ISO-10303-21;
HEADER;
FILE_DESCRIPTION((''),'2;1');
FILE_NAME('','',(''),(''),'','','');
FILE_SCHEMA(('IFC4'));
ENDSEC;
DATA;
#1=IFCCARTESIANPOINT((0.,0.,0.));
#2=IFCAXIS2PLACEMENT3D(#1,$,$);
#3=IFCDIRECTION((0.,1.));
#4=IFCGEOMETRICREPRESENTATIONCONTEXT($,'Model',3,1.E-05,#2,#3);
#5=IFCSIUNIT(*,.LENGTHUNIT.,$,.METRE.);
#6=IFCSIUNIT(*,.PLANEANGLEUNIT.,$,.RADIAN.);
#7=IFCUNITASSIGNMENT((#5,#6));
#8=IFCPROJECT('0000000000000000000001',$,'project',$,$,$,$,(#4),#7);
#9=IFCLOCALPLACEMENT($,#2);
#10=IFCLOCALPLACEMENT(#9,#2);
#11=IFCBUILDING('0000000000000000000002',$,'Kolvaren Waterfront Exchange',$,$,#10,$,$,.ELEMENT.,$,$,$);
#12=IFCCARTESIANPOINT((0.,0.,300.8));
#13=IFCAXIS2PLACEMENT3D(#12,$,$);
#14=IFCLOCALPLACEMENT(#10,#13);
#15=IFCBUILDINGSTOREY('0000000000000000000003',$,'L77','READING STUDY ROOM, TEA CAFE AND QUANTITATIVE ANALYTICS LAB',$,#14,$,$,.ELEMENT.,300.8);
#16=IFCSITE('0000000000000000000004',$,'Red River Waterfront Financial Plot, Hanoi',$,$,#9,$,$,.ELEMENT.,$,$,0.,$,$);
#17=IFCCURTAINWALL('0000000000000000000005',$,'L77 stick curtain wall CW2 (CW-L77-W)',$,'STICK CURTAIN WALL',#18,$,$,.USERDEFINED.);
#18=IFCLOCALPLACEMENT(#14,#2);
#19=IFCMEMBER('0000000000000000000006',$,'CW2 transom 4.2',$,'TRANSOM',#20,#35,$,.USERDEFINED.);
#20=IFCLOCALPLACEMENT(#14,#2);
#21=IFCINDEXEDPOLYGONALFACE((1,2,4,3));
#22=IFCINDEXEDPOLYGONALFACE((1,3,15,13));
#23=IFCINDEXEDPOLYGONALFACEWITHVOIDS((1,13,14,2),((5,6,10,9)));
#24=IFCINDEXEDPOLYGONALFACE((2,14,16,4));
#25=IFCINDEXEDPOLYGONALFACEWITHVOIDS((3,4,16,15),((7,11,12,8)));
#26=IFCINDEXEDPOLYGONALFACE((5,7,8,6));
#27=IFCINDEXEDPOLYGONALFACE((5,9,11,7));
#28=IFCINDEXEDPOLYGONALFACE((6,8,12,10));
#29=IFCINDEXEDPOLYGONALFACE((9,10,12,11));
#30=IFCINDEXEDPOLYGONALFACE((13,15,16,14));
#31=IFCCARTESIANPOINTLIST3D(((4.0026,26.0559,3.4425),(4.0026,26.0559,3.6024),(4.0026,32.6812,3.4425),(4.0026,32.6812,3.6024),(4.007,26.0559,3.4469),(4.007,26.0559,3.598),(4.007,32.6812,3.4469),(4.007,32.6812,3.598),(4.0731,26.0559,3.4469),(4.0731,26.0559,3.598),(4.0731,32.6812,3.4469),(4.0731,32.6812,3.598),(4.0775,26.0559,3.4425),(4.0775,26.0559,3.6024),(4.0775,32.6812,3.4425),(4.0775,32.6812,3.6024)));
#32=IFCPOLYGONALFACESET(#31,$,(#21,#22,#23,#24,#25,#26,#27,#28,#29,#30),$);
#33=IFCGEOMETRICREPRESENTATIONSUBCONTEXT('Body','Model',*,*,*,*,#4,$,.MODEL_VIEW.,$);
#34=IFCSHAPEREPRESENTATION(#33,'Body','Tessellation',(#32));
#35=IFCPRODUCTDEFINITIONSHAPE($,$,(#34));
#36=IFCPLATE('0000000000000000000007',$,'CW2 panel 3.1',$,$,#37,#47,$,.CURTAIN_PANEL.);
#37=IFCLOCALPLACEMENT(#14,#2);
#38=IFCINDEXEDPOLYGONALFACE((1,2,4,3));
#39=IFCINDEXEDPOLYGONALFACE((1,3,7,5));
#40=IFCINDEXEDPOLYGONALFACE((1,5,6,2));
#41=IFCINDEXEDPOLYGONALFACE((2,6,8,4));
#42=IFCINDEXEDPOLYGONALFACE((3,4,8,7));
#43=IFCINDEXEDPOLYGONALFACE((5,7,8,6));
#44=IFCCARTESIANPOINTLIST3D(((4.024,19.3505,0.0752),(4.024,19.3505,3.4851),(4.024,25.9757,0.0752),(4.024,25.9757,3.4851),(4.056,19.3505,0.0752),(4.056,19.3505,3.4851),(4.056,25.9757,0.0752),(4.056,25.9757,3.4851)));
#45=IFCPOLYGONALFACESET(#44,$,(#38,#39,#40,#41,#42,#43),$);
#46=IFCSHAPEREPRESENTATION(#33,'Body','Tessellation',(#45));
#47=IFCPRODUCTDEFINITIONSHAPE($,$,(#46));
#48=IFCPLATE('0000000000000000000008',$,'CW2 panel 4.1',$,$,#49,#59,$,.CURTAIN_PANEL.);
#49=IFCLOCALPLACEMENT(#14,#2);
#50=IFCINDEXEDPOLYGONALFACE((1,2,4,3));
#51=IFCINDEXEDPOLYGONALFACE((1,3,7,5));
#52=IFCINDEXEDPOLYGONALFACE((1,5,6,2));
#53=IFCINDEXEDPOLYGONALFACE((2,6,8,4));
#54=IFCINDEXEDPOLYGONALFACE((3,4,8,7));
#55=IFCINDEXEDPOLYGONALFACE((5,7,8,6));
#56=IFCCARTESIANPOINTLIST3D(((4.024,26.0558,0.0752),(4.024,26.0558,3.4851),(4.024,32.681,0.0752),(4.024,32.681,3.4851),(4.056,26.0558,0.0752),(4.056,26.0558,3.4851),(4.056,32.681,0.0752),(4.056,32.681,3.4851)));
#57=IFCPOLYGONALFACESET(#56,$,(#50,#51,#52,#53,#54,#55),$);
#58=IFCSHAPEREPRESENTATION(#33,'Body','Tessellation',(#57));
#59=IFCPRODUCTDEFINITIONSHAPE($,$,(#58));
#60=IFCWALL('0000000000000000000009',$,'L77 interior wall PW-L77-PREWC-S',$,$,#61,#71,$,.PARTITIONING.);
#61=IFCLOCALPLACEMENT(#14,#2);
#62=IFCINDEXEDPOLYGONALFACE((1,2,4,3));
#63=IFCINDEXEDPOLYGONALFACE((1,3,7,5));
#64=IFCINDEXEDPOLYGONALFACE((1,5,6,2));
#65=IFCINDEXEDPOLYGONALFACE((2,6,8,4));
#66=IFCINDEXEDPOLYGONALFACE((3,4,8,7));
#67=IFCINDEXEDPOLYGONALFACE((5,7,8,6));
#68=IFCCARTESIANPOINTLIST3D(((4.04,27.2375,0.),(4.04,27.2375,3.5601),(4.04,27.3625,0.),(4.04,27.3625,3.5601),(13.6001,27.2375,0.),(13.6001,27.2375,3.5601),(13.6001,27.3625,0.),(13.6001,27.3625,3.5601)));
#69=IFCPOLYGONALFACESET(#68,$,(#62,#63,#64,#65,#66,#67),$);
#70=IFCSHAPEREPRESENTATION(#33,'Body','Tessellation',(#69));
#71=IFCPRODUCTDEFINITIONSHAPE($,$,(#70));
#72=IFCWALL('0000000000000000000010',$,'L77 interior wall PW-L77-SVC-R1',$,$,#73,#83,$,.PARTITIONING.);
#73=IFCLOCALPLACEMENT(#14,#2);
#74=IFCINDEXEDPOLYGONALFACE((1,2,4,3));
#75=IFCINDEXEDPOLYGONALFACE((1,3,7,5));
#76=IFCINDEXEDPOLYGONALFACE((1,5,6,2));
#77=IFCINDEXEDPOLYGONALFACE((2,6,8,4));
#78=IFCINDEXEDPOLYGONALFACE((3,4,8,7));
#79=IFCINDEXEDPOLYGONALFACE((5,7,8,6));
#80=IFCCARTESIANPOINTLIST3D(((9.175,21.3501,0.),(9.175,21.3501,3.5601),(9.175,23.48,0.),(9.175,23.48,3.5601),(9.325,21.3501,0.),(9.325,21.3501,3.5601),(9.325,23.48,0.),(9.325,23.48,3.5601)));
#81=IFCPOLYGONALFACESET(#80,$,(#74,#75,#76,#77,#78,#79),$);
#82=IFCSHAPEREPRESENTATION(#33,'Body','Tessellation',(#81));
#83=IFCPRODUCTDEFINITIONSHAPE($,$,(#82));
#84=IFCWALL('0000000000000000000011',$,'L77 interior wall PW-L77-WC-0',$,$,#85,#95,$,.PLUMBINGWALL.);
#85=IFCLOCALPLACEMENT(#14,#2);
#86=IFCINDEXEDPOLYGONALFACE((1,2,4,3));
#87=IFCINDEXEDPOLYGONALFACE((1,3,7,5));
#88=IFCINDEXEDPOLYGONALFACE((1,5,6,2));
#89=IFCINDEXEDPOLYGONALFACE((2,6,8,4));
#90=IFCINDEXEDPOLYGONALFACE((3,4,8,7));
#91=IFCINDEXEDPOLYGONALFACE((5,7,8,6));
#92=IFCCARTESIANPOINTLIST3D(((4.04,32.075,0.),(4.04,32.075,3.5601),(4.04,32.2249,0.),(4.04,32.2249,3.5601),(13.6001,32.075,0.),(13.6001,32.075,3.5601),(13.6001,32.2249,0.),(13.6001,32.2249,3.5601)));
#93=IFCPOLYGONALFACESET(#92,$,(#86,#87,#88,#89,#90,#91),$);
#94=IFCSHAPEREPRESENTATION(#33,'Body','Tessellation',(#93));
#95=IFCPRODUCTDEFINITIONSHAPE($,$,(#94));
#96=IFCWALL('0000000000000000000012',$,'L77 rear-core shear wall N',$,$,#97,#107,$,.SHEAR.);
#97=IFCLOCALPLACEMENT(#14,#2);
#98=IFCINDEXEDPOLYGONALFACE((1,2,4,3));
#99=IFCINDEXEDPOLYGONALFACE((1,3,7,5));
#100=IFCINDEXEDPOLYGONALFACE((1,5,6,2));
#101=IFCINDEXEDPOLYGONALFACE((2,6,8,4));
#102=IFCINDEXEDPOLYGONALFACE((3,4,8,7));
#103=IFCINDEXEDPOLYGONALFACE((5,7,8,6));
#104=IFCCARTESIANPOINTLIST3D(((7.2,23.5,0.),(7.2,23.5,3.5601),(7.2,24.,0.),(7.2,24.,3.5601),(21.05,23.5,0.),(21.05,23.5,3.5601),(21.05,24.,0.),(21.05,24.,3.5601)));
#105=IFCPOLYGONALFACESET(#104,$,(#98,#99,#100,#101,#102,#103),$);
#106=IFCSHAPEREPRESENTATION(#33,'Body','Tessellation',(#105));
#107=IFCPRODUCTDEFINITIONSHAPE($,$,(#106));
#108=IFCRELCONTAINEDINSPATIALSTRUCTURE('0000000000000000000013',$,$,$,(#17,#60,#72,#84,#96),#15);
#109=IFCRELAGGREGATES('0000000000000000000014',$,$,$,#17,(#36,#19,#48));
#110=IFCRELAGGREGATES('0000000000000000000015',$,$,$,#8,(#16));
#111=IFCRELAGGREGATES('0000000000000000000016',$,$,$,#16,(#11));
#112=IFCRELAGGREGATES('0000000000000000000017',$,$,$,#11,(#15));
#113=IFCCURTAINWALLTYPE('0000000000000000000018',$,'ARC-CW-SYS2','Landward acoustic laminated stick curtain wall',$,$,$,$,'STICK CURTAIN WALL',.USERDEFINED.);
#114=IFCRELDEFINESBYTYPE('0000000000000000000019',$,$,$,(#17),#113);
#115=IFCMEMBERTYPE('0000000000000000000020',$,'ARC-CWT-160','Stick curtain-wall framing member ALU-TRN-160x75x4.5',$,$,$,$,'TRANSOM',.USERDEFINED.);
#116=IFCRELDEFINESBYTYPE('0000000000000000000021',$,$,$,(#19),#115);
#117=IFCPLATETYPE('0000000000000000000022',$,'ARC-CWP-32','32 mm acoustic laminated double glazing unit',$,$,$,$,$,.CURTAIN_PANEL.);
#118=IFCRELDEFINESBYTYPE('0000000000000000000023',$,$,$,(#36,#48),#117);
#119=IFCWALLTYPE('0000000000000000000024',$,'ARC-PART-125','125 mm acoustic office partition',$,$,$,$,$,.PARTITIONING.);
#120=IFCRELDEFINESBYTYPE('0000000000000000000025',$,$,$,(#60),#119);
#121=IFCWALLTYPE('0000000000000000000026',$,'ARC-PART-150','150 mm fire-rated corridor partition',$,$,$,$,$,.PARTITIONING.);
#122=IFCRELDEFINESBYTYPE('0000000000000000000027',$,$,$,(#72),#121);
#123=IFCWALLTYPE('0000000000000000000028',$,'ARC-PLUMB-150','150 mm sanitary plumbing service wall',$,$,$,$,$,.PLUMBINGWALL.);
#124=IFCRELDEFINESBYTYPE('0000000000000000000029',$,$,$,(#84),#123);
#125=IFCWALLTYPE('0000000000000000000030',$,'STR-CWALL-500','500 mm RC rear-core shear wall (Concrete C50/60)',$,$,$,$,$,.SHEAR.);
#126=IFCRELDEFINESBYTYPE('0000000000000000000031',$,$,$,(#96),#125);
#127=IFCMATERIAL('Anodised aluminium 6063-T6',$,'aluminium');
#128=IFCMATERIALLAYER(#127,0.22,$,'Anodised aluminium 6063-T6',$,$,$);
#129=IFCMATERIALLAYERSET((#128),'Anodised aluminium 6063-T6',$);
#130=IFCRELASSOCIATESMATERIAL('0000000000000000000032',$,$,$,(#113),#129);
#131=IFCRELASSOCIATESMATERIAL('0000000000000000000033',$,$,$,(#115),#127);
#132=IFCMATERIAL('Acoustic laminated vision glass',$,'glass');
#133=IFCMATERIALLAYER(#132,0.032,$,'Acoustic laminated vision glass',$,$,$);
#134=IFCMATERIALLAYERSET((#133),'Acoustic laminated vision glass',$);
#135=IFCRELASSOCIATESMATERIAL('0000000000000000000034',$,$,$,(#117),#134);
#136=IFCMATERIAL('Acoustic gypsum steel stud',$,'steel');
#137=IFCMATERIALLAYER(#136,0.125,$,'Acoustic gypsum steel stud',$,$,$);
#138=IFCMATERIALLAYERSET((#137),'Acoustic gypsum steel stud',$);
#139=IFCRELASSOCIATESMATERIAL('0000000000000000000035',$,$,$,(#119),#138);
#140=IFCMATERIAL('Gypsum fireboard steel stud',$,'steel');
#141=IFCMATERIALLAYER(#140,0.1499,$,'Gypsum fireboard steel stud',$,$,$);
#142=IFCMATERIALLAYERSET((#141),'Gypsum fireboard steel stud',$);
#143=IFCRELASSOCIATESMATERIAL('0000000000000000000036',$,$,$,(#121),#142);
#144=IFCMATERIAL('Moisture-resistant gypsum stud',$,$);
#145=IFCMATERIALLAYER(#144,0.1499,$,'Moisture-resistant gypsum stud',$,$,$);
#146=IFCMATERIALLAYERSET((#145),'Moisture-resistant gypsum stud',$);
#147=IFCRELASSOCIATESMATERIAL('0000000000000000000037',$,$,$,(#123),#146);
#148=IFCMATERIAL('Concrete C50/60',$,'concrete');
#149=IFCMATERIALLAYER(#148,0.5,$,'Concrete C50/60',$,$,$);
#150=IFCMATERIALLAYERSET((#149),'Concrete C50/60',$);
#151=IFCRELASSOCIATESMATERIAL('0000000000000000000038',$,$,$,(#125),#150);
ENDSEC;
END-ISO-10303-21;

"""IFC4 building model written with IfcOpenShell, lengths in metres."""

from ifc_helpers import new_model, si_unit, direction, frame, frame_2d, origin, origin_with_axes, origin_2d, place, context, subcontext, project, spatial, rectangle, hollow_rectangle, extrude, source, transform, mapped, material, layer, layer_set, material_profile, profile_set, type_object, element, aggregate, save


model = new_model("IFC4")

# Units and contexts
model_context = context("Model", 3, precision=1e-05, world=origin(), true_north=direction((0.0, 1.0)))
body_context = subcontext(model_context, "Body", "Model", "MODEL_VIEW")
ifc_project = project(units=[si_unit("LENGTHUNIT", "METRE"), si_unit("PLANEANGLEUNIT", "RADIAN")], contexts=[model_context])

# Site, building, storey
site_placement = place(None, origin())
site = spatial("IfcSite", under=ifc_project, at=site_placement, Name="Red River Waterfront Financial Plot, Hanoi", CompositionType="ELEMENT", RefElevation=0.0)
building_placement = place(site_placement, origin())
building = spatial("IfcBuilding", under=site, at=building_placement, Name="Kolvaren Waterfront Exchange", CompositionType="ELEMENT")
storey_placement = place(building_placement, frame((0.0, 0.0, 300.8)))
storey = spatial("IfcBuildingStorey", under=building, at=storey_placement, Name="L77", Description="READING STUDY ROOM, TEA CAFE AND QUANTITATIVE ANALYTICS LAB", CompositionType="ELEMENT", Elevation=300.8)

# Shared definitions
ifc_material_1 = material(Name="Concrete C50/60", Category="concrete")

# Curtain wall, member, plates
ifc_material_2 = material(Name="Anodised aluminium 6063-T6", Category="aluminium")
ifc_layer_1 = layer(ifc_material_2, 0.22, Name="Anodised aluminium 6063-T6")
ifc_layer_set_1 = layer_set([ifc_layer_1], Name="Anodised aluminium 6063-T6")
curtain_wall_type = type_object("IfcCurtainWallType", Name="ARC-CW-SYS2", Description="Landward acoustic laminated stick curtain wall", ElementType="STICK CURTAIN WALL", PredefinedType="USERDEFINED", material=ifc_layer_set_1)
curtain_wall_placement = place(storey_placement, origin())
curtain_wall = element("IfcCurtainWall", 1, at=curtain_wall_placement, inside=storey, type_object=curtain_wall_type, Name="L77 stick curtain wall CW2 (CW-L77-W)", ObjectType="STICK CURTAIN WALL", PredefinedType="USERDEFINED")
ifc_material_profile_1 = material_profile(ifc_material_2, hollow_rectangle(XDim=0.075, YDim=0.1599, WallThickness=0.0044, at=origin_2d()), Name="ALU-TRN-160x75x4.5")
ifc_profile_set_1 = profile_set([ifc_material_profile_1], Name="Anodised aluminium 6063-T6")
member_type_1 = type_object("IfcMemberType", Name="ARC-CWT-160", Description="Stick curtain-wall framing member ALU-TRN-160x75x4.5", ElementType="TRANSOM", PredefinedType="USERDEFINED", material=ifc_profile_set_1)
shared_shape_1 = source(origin_with_axes(), body_context, "Body", "SweptSolid", [
    extrude(hollow_rectangle(XDim=0.075, YDim=0.1599, WallThickness=0.0044, at=origin_2d()), origin(), (0.0, 0.0, 1.0), 6.6252),
])
member_1_placement = place(storey_placement, frame((4.04, 26.0559, 3.5225), z_axis=(0.0, 1.0, 0.0), x_axis=(-1.0, 0.0, 0.0)))
member_1 = element("IfcMember", 2, at=member_1_placement, type_object=member_type_1, Name="CW2 transom 4.2", ObjectType="TRANSOM", PredefinedType="USERDEFINED", context=body_context, shape_type="MappedRepresentation", body=[
    mapped(shared_shape_1, transform((0.0, 0.0, 0.0), x_axis=(1.0, 0.0, 0.0), y_axis=(0.0, 1.0, 0.0), z_axis=(0.0, 0.0, 1.0), scale=1.0)),
])
ifc_material_3 = material(Name="Acoustic laminated vision glass", Category="glass")
ifc_layer_2 = layer(ifc_material_3, 0.032, Name="Acoustic laminated vision glass")
ifc_layer_set_2 = layer_set([ifc_layer_2], Name="Acoustic laminated vision glass")
plate_type = type_object("IfcPlateType", Name="ARC-CWP-32", Description="32 mm acoustic laminated double glazing unit", PredefinedType="CURTAIN_PANEL", material=ifc_layer_set_2)
shared_shape_2 = source(origin_with_axes(), body_context, "Body", "SweptSolid", [
    extrude(rectangle(XDim=6.6252, YDim=0.032, at=origin_2d()), origin(), (0.0, 0.0, 1.0), 3.4099),
])
plate_1_placement = place(storey_placement, frame((4.04, 22.6631, 0.0752), z_axis=(0.0, 0.0, 1.0), x_axis=(0.0, 1.0, 0.0)))
plate_1 = element("IfcPlate", 3, at=plate_1_placement, type_object=plate_type, Name="CW2 panel 3.1", PredefinedType="CURTAIN_PANEL", context=body_context, shape_type="MappedRepresentation", body=[
    mapped(shared_shape_2, transform((0.0, 0.0, 0.0), x_axis=(1.0, 0.0, 0.0), y_axis=(0.0, 1.0, 0.0), z_axis=(0.0, 0.0, 1.0), scale=1.0)),
])
plate_2_placement = place(storey_placement, frame((4.04, 29.3684, 0.0752), z_axis=(0.0, 0.0, 1.0), x_axis=(0.0, 1.0, 0.0)))
plate_2 = element("IfcPlate", 4, at=plate_2_placement, type_object=plate_type, Name="CW2 panel 4.1", PredefinedType="CURTAIN_PANEL", context=body_context, shape_type="MappedRepresentation", body=[
    mapped(shared_shape_2, transform((0.0, 0.0, 0.0), x_axis=(1.0, 0.0, 0.0), y_axis=(0.0, 1.0, 0.0), z_axis=(0.0, 0.0, 1.0), scale=1.0)),
])
aggregate(curtain_wall, [plate_1, member_1, plate_2])

# Walls
ifc_material_4 = material(Name="Acoustic gypsum steel stud", Category="steel")
ifc_layer_3 = layer(ifc_material_4, 0.125, Name="Acoustic gypsum steel stud")
ifc_layer_set_3 = layer_set([ifc_layer_3], Name="Acoustic gypsum steel stud")
wall_type_1 = type_object("IfcWallType", Name="ARC-PART-125", Description="125 mm acoustic office partition", PredefinedType="PARTITIONING", material=ifc_layer_set_3)
wall_1_placement = place(storey_placement, frame((4.04, 27.3, 0.0), z_axis=(0.0, 0.0, 1.0), x_axis=(1.0, 0.0, 0.0)))
element("IfcWall", 5, at=wall_1_placement, inside=storey, type_object=wall_type_1, Name="L77 interior wall PW-L77-PREWC-S", PredefinedType="PARTITIONING", context=body_context, shape_type="SweptSolid", body=[
    extrude(rectangle(XDim=9.5601, YDim=0.125, at=frame_2d((4.78, 0.0))), origin(), (0.0, 0.0, 1.0), 3.5601),
])
ifc_material_5 = material(Name="Gypsum fireboard steel stud", Category="steel")
ifc_layer_4 = layer(ifc_material_5, 0.1499, Name="Gypsum fireboard steel stud")
ifc_layer_set_4 = layer_set([ifc_layer_4], Name="Gypsum fireboard steel stud")
wall_type_2 = type_object("IfcWallType", Name="ARC-PART-150", Description="150 mm fire-rated corridor partition", PredefinedType="PARTITIONING", material=ifc_layer_set_4)
wall_2_placement = place(storey_placement, frame((9.25, 21.3501, 0.0), z_axis=(0.0, 0.0, 1.0), x_axis=(0.0, 1.0, 0.0)))
element("IfcWall", 6, at=wall_2_placement, inside=storey, type_object=wall_type_2, Name="L77 interior wall PW-L77-SVC-R1", PredefinedType="PARTITIONING", context=body_context, shape_type="SweptSolid", body=[
    extrude(rectangle(XDim=2.1299, YDim=0.1499, at=frame_2d((1.0649, 0.0))), origin(), (0.0, 0.0, 1.0), 3.5601),
])

# Walls
ifc_material_6 = material(Name="Moisture-resistant gypsum stud")
ifc_layer_5 = layer(ifc_material_6, 0.1499, Name="Moisture-resistant gypsum stud")
ifc_layer_set_5 = layer_set([ifc_layer_5], Name="Moisture-resistant gypsum stud")
wall_type_3 = type_object("IfcWallType", Name="ARC-PLUMB-150", Description="150 mm sanitary plumbing service wall", PredefinedType="PLUMBINGWALL", material=ifc_layer_set_5)
wall_3_placement = place(storey_placement, frame((4.04, 32.1499, 0.0), z_axis=(0.0, 0.0, 1.0), x_axis=(1.0, 0.0, 0.0)))
element("IfcWall", 7, at=wall_3_placement, inside=storey, type_object=wall_type_3, Name="L77 interior wall PW-L77-WC-0", PredefinedType="PLUMBINGWALL", context=body_context, shape_type="SweptSolid", body=[
    extrude(rectangle(XDim=9.5601, YDim=0.1499, at=frame_2d((4.78, 0.0))), origin(), (0.0, 0.0, 1.0), 3.5601),
])
ifc_layer_6 = layer(ifc_material_1, 0.5, Name="Concrete C50/60")
ifc_layer_set_6 = layer_set([ifc_layer_6], Name="Concrete C50/60")
wall_type_4 = type_object("IfcWallType", Name="STR-CWALL-500", Description="500 mm RC rear-core shear wall (Concrete C50/60)", PredefinedType="SHEAR", material=ifc_layer_set_6)
wall_4_placement = place(storey_placement, frame((7.2, 23.75, 0.0), z_axis=(0.0, 0.0, 1.0), x_axis=(1.0, 0.0, 0.0)))
element("IfcWall", 8, at=wall_4_placement, inside=storey, type_object=wall_type_4, Name="L77 rear-core shear wall N", PredefinedType="SHEAR", context=body_context, shape_type="SweptSolid", body=[
    extrude(rectangle(XDim=13.8501, YDim=0.5, at=frame_2d((6.925, 0.0))), origin(), (0.0, 0.0, 1.0), 3.5601),
])

save(model, "model.ifc")
